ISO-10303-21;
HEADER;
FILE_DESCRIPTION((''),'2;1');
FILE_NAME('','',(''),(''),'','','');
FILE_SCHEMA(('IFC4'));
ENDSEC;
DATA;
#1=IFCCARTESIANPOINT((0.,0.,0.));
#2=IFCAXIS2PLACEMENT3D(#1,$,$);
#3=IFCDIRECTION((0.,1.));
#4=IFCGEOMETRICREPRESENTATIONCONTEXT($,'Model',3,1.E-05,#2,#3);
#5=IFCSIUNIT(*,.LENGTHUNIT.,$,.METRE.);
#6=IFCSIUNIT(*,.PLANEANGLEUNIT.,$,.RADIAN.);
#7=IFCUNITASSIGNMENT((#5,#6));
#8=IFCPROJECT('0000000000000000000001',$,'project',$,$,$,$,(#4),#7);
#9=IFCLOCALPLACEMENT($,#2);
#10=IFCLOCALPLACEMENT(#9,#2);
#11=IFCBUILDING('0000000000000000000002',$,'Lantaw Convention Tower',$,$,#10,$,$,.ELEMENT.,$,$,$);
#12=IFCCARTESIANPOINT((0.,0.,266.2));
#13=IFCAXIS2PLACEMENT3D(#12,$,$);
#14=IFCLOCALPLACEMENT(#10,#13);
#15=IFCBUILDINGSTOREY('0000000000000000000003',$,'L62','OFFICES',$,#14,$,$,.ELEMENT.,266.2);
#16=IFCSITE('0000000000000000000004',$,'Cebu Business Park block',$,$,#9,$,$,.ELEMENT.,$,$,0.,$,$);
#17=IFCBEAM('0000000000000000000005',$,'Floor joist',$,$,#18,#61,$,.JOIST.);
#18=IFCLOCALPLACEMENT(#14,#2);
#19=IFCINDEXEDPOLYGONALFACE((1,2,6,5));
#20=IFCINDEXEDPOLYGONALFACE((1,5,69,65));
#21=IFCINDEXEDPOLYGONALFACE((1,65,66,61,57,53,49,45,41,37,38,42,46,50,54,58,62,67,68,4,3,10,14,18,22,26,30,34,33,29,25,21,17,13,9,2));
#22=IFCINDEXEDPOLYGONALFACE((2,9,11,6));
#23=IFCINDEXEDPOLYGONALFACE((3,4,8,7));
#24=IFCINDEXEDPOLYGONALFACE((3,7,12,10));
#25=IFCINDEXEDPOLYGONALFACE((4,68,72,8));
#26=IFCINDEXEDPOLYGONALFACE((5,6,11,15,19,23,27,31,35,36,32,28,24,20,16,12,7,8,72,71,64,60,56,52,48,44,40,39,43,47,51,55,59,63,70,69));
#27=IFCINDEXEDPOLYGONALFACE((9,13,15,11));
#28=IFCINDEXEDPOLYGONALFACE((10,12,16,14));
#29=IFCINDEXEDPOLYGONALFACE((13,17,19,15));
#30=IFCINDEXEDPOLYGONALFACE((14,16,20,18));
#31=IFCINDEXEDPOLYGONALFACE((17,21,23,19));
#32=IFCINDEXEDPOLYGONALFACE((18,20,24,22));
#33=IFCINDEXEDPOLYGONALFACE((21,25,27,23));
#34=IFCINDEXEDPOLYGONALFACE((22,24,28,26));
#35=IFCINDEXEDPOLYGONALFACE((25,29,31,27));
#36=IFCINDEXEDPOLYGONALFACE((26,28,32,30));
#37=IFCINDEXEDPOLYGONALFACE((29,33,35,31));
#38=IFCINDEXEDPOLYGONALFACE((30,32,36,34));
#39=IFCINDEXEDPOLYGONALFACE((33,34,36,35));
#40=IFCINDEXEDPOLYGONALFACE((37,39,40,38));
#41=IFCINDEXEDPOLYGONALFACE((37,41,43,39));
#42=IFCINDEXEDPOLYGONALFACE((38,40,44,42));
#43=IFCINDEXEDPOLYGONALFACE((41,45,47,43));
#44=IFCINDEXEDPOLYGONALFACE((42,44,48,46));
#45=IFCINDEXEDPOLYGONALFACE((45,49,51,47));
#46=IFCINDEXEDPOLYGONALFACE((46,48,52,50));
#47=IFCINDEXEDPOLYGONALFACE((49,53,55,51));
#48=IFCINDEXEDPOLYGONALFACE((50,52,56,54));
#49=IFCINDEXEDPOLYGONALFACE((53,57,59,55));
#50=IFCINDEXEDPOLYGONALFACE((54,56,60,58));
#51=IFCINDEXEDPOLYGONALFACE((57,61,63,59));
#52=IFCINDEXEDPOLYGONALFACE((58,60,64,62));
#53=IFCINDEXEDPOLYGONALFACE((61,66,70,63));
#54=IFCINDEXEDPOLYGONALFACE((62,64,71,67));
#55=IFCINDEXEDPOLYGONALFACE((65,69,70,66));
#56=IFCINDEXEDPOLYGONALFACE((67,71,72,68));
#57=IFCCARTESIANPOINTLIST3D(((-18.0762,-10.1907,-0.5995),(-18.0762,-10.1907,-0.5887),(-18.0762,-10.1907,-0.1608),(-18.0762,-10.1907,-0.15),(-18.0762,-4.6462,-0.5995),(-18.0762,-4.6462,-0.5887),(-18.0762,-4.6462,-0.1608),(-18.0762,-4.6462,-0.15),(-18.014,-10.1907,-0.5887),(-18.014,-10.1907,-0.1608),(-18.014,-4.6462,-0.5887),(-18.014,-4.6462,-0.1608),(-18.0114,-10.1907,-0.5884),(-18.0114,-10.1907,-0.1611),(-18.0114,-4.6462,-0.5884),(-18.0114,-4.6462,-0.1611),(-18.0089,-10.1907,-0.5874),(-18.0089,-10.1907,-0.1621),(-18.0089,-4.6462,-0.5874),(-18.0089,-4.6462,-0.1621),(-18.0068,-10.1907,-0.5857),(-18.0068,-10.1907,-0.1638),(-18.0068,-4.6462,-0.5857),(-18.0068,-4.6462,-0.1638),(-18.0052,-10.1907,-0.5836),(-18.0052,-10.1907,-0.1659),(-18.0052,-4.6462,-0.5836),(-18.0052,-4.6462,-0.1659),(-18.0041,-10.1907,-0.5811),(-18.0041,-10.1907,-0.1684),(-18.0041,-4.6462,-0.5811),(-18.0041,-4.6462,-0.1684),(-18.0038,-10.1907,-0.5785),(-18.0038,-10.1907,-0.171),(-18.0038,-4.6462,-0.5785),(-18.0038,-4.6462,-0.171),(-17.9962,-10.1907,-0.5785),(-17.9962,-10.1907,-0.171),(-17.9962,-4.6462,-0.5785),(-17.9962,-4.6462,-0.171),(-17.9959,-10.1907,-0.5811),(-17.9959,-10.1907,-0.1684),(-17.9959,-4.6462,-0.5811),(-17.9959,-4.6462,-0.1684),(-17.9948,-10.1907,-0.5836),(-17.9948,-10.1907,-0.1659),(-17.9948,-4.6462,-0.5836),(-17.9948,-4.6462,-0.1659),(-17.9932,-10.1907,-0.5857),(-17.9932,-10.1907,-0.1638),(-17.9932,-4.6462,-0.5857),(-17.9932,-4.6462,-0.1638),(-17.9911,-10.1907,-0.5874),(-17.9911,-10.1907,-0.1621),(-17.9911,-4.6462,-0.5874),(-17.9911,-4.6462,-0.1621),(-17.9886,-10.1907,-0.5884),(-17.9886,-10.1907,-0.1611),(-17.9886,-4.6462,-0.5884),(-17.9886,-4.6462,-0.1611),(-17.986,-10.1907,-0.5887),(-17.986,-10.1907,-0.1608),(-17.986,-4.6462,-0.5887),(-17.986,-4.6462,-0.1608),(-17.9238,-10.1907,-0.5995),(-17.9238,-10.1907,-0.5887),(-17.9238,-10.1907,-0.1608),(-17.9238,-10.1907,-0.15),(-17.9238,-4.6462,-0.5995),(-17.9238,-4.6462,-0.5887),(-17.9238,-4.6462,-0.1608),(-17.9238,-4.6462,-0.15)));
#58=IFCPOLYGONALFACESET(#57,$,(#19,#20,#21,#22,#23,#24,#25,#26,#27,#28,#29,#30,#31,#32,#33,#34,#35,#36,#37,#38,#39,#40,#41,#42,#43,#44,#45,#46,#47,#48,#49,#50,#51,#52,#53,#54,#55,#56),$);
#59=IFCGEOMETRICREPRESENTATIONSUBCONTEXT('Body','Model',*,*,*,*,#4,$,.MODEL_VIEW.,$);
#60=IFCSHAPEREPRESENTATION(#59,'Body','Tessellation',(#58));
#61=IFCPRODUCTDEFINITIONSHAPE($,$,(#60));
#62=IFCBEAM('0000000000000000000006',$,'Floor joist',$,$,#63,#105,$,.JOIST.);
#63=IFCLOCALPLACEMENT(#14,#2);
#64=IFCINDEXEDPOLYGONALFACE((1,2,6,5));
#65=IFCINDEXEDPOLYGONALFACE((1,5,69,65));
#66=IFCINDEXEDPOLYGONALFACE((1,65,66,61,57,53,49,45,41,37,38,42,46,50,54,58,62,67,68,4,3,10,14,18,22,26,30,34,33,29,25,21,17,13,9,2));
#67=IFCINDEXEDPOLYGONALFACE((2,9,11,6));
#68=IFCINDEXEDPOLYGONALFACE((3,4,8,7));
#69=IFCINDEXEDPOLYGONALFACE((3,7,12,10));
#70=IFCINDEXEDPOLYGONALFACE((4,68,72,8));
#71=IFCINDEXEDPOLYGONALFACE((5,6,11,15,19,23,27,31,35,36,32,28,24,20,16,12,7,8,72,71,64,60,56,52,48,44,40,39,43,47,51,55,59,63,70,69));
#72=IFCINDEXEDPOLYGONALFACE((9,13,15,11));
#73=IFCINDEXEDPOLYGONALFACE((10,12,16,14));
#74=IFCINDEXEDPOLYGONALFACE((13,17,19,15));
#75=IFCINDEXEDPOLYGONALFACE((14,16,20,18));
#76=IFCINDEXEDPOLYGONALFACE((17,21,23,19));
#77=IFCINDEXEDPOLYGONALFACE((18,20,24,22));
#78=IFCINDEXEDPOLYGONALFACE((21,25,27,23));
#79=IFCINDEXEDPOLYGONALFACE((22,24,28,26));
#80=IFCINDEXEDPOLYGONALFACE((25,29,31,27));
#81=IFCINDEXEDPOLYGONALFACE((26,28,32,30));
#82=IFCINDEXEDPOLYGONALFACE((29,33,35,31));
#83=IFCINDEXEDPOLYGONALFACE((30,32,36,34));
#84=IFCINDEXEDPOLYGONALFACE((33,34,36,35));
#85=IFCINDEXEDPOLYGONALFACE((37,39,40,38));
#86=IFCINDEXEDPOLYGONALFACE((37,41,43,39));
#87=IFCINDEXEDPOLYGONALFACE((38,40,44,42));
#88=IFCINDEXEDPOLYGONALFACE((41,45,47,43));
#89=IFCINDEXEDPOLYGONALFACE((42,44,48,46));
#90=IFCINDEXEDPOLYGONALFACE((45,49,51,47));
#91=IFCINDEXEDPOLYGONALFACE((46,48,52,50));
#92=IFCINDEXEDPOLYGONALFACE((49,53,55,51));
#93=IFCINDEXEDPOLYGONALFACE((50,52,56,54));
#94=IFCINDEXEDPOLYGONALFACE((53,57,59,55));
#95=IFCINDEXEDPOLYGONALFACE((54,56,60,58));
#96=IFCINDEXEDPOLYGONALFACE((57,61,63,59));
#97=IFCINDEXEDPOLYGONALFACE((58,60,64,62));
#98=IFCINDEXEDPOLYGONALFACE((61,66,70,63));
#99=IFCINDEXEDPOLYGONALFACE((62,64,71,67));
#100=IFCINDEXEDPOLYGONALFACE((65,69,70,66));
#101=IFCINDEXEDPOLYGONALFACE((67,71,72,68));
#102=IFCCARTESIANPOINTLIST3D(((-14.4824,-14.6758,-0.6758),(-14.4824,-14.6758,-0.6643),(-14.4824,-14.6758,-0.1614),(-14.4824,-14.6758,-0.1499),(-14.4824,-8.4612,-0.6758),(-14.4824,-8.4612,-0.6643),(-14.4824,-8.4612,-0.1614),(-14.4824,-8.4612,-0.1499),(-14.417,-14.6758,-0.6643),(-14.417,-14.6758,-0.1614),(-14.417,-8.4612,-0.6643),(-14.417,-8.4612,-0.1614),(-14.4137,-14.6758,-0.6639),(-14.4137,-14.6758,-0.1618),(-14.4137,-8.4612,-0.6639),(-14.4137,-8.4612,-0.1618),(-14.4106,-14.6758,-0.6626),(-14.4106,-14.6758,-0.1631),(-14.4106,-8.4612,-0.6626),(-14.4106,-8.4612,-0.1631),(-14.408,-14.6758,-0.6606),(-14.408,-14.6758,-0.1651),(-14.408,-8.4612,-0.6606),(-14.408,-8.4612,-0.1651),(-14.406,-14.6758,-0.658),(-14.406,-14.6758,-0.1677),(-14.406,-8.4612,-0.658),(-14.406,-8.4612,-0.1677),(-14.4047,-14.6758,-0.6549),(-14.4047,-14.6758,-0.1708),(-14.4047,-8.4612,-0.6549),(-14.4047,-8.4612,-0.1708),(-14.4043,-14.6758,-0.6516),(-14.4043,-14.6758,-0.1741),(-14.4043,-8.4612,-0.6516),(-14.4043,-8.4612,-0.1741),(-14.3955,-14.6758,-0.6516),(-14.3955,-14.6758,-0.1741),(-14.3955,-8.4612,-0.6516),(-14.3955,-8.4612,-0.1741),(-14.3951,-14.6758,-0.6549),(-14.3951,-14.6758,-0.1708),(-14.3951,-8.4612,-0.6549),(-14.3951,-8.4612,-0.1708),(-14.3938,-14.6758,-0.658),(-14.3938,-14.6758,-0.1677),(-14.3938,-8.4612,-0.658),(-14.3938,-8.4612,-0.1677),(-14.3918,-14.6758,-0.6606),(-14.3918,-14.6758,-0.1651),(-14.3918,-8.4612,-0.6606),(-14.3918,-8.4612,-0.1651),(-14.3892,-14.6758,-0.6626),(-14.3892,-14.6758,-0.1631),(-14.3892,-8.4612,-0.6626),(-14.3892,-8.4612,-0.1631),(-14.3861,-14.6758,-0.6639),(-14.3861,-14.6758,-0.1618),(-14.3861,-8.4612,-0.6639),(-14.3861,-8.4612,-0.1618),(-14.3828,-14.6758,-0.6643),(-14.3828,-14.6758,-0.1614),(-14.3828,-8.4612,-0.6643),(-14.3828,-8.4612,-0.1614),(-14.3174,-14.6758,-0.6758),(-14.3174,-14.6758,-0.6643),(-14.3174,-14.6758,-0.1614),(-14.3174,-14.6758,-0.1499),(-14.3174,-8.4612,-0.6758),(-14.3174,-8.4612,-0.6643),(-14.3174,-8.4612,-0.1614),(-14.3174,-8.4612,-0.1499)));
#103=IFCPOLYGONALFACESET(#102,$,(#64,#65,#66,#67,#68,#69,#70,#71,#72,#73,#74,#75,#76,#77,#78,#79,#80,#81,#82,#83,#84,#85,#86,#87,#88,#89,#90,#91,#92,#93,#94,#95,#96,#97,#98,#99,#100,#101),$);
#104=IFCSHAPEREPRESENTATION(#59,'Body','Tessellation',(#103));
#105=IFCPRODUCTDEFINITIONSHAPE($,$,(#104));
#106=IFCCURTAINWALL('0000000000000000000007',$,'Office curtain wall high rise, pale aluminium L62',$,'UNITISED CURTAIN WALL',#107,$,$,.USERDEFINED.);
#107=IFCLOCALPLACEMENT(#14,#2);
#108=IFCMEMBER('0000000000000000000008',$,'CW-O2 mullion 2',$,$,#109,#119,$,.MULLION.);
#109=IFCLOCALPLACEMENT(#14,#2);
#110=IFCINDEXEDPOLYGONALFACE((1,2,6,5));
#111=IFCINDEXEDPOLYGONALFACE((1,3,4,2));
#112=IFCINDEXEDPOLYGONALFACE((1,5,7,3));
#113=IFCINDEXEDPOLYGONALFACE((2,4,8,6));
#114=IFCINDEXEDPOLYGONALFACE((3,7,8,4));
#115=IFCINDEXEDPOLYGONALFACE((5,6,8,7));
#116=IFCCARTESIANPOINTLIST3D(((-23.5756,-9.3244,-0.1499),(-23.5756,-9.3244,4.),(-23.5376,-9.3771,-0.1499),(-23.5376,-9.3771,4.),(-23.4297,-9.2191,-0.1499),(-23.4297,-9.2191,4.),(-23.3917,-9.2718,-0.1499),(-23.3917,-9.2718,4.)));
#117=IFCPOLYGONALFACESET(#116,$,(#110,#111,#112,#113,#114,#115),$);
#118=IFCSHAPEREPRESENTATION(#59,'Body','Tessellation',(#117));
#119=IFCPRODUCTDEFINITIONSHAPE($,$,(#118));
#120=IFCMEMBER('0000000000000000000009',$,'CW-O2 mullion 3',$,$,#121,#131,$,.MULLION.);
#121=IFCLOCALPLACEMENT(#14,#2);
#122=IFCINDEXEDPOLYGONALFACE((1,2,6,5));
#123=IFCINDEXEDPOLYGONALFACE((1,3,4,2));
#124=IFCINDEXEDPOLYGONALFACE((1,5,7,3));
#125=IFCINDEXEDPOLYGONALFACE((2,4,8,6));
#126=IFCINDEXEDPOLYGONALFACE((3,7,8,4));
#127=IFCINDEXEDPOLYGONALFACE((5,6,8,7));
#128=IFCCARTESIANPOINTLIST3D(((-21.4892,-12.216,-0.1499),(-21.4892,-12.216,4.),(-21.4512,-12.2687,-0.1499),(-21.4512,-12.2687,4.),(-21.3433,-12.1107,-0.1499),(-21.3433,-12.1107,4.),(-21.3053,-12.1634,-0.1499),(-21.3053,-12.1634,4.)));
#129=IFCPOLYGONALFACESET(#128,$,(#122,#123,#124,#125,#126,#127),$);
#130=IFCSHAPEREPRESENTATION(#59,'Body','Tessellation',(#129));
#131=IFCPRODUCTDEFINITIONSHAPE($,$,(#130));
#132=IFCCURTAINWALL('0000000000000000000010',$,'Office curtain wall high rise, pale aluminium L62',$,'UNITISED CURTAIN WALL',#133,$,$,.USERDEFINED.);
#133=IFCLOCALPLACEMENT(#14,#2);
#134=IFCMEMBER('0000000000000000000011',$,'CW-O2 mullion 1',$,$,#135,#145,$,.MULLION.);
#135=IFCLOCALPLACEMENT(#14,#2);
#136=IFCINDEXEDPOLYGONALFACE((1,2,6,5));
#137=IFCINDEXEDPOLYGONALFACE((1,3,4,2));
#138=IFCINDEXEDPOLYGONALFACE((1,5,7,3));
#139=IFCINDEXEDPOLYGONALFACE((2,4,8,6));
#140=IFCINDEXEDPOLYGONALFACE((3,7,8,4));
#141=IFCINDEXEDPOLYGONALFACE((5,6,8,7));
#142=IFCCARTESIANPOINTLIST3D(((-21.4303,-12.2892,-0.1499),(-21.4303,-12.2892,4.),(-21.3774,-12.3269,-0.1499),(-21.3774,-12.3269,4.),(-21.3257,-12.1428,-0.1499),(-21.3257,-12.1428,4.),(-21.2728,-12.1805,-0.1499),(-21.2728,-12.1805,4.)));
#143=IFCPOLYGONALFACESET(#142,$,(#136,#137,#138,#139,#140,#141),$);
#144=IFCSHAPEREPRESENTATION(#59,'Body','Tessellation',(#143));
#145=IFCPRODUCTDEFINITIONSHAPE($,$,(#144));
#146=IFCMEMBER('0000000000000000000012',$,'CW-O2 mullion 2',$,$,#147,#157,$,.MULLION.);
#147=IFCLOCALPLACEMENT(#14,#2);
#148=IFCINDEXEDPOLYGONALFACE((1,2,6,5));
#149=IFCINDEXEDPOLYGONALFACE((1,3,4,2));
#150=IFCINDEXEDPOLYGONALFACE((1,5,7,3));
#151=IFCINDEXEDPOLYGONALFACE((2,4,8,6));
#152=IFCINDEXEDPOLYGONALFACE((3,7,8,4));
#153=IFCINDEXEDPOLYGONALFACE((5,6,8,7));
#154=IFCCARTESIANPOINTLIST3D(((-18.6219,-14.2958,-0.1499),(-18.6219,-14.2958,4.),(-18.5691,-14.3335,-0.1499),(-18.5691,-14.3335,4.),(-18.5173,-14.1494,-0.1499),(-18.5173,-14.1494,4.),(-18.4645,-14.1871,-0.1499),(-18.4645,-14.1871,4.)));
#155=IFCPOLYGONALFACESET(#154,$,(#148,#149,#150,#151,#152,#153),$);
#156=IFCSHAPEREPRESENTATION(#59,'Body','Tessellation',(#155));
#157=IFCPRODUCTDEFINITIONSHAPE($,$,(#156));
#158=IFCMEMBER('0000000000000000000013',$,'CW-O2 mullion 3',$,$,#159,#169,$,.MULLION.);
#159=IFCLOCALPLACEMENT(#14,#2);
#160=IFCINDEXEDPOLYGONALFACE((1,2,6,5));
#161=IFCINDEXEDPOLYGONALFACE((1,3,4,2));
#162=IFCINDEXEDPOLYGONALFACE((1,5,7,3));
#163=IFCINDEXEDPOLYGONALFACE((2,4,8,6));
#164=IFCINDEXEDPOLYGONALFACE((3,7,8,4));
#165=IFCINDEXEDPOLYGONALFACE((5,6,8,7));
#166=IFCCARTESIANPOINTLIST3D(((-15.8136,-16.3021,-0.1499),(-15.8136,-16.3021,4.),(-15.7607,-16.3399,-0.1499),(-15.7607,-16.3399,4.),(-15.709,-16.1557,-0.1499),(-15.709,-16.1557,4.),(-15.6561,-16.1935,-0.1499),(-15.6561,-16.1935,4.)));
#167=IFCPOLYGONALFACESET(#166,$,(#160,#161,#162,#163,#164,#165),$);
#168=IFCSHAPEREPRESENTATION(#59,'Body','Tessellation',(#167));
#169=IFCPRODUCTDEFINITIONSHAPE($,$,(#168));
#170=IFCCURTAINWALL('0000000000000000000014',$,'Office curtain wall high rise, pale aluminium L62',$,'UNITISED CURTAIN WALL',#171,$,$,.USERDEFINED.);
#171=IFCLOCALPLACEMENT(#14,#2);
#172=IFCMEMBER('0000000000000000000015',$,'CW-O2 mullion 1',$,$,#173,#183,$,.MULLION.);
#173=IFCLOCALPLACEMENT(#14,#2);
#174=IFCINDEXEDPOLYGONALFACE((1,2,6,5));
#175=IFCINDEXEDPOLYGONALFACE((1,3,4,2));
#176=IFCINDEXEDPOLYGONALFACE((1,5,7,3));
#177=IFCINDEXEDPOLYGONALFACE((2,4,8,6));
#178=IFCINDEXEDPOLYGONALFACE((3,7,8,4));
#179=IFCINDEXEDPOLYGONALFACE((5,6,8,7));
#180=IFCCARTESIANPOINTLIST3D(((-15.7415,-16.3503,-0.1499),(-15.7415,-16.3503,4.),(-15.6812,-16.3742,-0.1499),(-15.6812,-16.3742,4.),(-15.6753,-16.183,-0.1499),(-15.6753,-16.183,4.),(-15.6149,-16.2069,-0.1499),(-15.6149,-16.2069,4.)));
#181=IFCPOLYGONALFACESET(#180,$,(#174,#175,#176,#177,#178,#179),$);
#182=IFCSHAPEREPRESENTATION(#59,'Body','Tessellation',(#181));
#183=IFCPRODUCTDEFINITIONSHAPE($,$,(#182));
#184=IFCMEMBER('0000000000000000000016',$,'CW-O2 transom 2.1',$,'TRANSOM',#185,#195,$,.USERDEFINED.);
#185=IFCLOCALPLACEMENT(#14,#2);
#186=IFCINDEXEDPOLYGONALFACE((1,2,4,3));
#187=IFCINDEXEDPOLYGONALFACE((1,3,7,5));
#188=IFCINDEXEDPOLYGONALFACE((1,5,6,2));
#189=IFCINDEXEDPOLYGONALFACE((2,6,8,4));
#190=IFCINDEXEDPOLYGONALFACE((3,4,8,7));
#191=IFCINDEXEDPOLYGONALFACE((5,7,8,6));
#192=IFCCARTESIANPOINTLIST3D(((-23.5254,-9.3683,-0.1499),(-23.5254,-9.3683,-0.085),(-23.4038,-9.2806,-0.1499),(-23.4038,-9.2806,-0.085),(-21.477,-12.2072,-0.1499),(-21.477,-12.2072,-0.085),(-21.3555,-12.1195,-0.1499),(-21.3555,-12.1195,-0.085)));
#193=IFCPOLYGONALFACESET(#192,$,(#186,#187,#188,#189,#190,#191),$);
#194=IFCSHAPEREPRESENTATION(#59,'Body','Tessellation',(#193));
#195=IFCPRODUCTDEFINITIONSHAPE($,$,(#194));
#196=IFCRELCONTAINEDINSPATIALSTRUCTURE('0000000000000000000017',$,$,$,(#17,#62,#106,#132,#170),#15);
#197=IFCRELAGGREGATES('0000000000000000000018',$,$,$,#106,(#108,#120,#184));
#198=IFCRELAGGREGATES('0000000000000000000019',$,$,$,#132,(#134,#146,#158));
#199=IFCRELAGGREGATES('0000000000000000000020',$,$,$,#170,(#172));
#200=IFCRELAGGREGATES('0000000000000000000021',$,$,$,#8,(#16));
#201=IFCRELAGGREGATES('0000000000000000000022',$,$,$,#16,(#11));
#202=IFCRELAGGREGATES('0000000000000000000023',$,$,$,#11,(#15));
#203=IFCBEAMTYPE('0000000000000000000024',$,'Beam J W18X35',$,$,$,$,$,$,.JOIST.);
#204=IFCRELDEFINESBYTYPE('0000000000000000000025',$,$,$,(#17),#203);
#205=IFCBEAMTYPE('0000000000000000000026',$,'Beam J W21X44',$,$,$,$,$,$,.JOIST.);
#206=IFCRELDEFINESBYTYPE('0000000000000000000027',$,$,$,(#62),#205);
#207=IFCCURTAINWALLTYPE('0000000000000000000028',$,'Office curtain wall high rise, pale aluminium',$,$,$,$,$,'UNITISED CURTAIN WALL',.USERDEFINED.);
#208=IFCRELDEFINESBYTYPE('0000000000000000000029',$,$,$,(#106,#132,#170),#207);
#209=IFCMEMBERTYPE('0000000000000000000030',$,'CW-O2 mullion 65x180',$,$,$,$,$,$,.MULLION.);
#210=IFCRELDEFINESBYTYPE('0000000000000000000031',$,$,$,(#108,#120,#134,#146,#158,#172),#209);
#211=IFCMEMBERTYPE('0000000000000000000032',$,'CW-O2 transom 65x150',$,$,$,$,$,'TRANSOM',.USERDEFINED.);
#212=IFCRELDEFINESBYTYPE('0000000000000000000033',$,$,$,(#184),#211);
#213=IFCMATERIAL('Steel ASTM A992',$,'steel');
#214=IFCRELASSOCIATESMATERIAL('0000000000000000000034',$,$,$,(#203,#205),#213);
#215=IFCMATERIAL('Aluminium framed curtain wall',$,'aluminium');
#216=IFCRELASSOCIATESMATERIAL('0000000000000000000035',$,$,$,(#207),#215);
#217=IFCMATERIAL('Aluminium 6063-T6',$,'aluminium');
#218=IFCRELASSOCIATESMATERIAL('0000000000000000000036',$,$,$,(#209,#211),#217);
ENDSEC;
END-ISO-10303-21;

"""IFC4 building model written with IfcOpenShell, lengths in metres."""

from ifc_helpers import new_model, si_unit, direction, frame, origin, origin_2d, place, context, subcontext, project, spatial, rectangle, i_section, extrude, material, material_profile, profile_set, type_object, element, aggregate, save


model = new_model("IFC4")

# Units and contexts
model_context = context("Model", 3, precision=1e-05, world=origin(), true_north=direction((0.0, 1.0)))
body_context = subcontext(model_context, "Body", "Model", "MODEL_VIEW")
ifc_project = project(units=[si_unit("LENGTHUNIT", "METRE"), si_unit("PLANEANGLEUNIT", "RADIAN")], contexts=[model_context])

# Site, building, storey
site_placement = place(None, origin())
site = spatial("IfcSite", under=ifc_project, at=site_placement, Name="Cebu Business Park block", CompositionType="ELEMENT", RefElevation=0.0)
building_placement = place(site_placement, origin())
building = spatial("IfcBuilding", under=site, at=building_placement, Name="Lantaw Convention Tower", CompositionType="ELEMENT")
storey_placement = place(building_placement, frame((0.0, 0.0, 266.2)))
storey = spatial("IfcBuildingStorey", under=building, at=storey_placement, Name="L62", Description="OFFICES", CompositionType="ELEMENT", Elevation=266.2)

# Beams
ifc_material_1 = material(Name="Steel ASTM A992", Category="steel")
ifc_material_profile_1 = material_profile(ifc_material_1, i_section(OverallWidth=0.1523, OverallDepth=0.4495, WebThickness=0.0076, FlangeThickness=0.0107, FilletRadius=0.0103, at=origin_2d()), Name="W18X35")
ifc_profile_set_1 = profile_set([ifc_material_profile_1], Name="Steel ASTM A992")
beam_type_1 = type_object("IfcBeamType", Name="Beam J W18X35", PredefinedType="JOIST", material=ifc_profile_set_1)
beam_1_placement = place(storey_placement, frame((-18.0, -10.1907, -0.3748), z_axis=(0.0, 1.0, 0.0), x_axis=(-1.0, 0.0, 0.0)))
element("IfcBeam", 1, at=beam_1_placement, inside=storey, type_object=beam_type_1, Name="Floor joist", PredefinedType="JOIST", context=body_context, shape_type="SweptSolid", body=[
    extrude(i_section(OverallWidth=0.1523, OverallDepth=0.4495, WebThickness=0.0076, FlangeThickness=0.0107, FilletRadius=0.0103, at=origin_2d()), origin(), (0.0, 0.0, 1.0), 5.5444),
])
ifc_material_profile_2 = material_profile(ifc_material_1, i_section(OverallWidth=0.165, OverallDepth=0.5259, WebThickness=0.0088, FlangeThickness=0.0115, FilletRadius=0.0127, at=origin_2d()), Name="W21X44")
ifc_profile_set_2 = profile_set([ifc_material_profile_2], Name="Steel ASTM A992")
beam_type_2 = type_object("IfcBeamType", Name="Beam J W21X44", PredefinedType="JOIST", material=ifc_profile_set_2)
beam_2_placement = place(storey_placement, frame((-14.3999, -14.6758, -0.4128), z_axis=(0.0, 1.0, 0.0), x_axis=(-1.0, 0.0, 0.0)))
element("IfcBeam", 2, at=beam_2_placement, inside=storey, type_object=beam_type_2, Name="Floor joist", PredefinedType="JOIST", context=body_context, shape_type="SweptSolid", body=[
    extrude(i_section(OverallWidth=0.165, OverallDepth=0.5259, WebThickness=0.0088, FlangeThickness=0.0115, FilletRadius=0.0127, at=origin_2d()), origin(), (0.0, 0.0, 1.0), 6.2146),
])

# Curtain walls, members
ifc_material_2 = material(Name="Aluminium framed curtain wall", Category="aluminium")
curtain_wall_type = type_object("IfcCurtainWallType", Name="Office curtain wall high rise, pale aluminium", ElementType="UNITISED CURTAIN WALL", PredefinedType="USERDEFINED", material=ifc_material_2)
curtain_wall_1_placement = place(storey_placement, origin())
curtain_wall_1 = element("IfcCurtainWall", 3, at=curtain_wall_1_placement, inside=storey, type_object=curtain_wall_type, Name="Office curtain wall high rise, pale aluminium L62", ObjectType="UNITISED CURTAIN WALL", PredefinedType="USERDEFINED")
ifc_material_3 = material(Name="Aluminium 6063-T6", Category="aluminium")
ifc_material_profile_3 = material_profile(ifc_material_3, rectangle(XDim=0.1799, YDim=0.0649, at=origin_2d()), Name="CW-O2 mullion 65x180")
ifc_profile_set_3 = profile_set([ifc_material_profile_3], Name="Aluminium 6063-T6")
member_type_1 = type_object("IfcMemberType", Name="CW-O2 mullion 65x180", PredefinedType="MULLION", material=ifc_profile_set_3)
member_1_placement = place(storey_placement, frame((-23.4836, -9.2981, -0.1499), z_axis=(0.0, 0.0, 1.0), x_axis=(0.81092, 0.585158, 0.0)))
member_1 = element("IfcMember", 4, at=member_1_placement, type_object=member_type_1, Name="CW-O2 mullion 2", PredefinedType="MULLION", context=body_context, shape_type="SweptSolid", body=[
    extrude(rectangle(XDim=0.1799, YDim=0.0649, at=origin_2d()), origin(), (0.0, 0.0, 1.0), 4.1499),
])
member_2_placement = place(storey_placement, frame((-21.3972, -12.1897, -0.1499), z_axis=(0.0, 0.0, 1.0), x_axis=(0.81092, 0.585158, 0.0)))
member_2 = element("IfcMember", 5, at=member_2_placement, type_object=member_type_1, Name="CW-O2 mullion 3", PredefinedType="MULLION", context=body_context, shape_type="SweptSolid", body=[
    extrude(rectangle(XDim=0.1799, YDim=0.0649, at=origin_2d()), origin(), (0.0, 0.0, 1.0), 4.1499),
])
curtain_wall_2_placement = place(storey_placement, origin())
curtain_wall_2 = element("IfcCurtainWall", 6, at=curtain_wall_2_placement, inside=storey, type_object=curtain_wall_type, Name="Office curtain wall high rise, pale aluminium L62", ObjectType="UNITISED CURTAIN WALL", PredefinedType="USERDEFINED")
member_3_placement = place(storey_placement, frame((-21.3516, -12.2349, -0.1499), z_axis=(0.0, 0.0, 1.0), x_axis=(0.581323, 0.813673, 0.0)))
member_3 = element("IfcMember", 7, at=member_3_placement, type_object=member_type_1, Name="CW-O2 mullion 1", PredefinedType="MULLION", context=body_context, shape_type="SweptSolid", body=[
    extrude(rectangle(XDim=0.1799, YDim=0.0649, at=origin_2d()), origin(), (0.0, 0.0, 1.0), 4.1499),
])
member_4_placement = place(storey_placement, frame((-18.5432, -14.2415, -0.1499), z_axis=(0.0, 0.0, 1.0), x_axis=(0.581323, 0.813673, 0.0)))
member_4 = element("IfcMember", 8, at=member_4_placement, type_object=member_type_1, Name="CW-O2 mullion 2", PredefinedType="MULLION", context=body_context, shape_type="SweptSolid", body=[
    extrude(rectangle(XDim=0.1799, YDim=0.0649, at=origin_2d()), origin(), (0.0, 0.0, 1.0), 4.1499),
])
member_5_placement = place(storey_placement, frame((-15.7349, -16.2478, -0.1499), z_axis=(0.0, 0.0, 1.0), x_axis=(0.581323, 0.813673, 0.0)))
member_5 = element("IfcMember", 9, at=member_5_placement, type_object=member_type_1, Name="CW-O2 mullion 3", PredefinedType="MULLION", context=body_context, shape_type="SweptSolid", body=[
    extrude(rectangle(XDim=0.1799, YDim=0.0649, at=origin_2d()), origin(), (0.0, 0.0, 1.0), 4.1499),
])

# Curtain wall, member
curtain_wall_3_placement = place(storey_placement, origin())
curtain_wall_3 = element("IfcCurtainWall", 10, at=curtain_wall_3_placement, inside=storey, type_object=curtain_wall_type, Name="Office curtain wall high rise, pale aluminium L62", ObjectType="UNITISED CURTAIN WALL", PredefinedType="USERDEFINED")
member_6_placement = place(storey_placement, frame((-15.6782, -16.2786, -0.1499), z_axis=(0.0, 0.0, 1.0), x_axis=(0.368162, 0.929762, 0.0)))
member_6 = element("IfcMember", 11, at=member_6_placement, type_object=member_type_1, Name="CW-O2 mullion 1", PredefinedType="MULLION", context=body_context, shape_type="SweptSolid", body=[
    extrude(rectangle(XDim=0.1799, YDim=0.0649, at=origin_2d()), origin(), (0.0, 0.0, 1.0), 4.1499),
])

# Member
ifc_material_profile_4 = material_profile(ifc_material_3, rectangle(XDim=0.1499, YDim=0.0649, at=origin_2d()), Name="CW-O2 transom 65x150")
ifc_profile_set_4 = profile_set([ifc_material_profile_4], Name="Aluminium 6063-T6")
member_type_2 = type_object("IfcMemberType", Name="CW-O2 transom 65x150", ElementType="TRANSOM", PredefinedType="USERDEFINED", material=ifc_profile_set_4)
member_7_placement = place(storey_placement, frame((-23.4646, -9.3245, -0.1174), z_axis=(0.585124, -0.810944, 0.0), x_axis=(0.810944, 0.585124, 0.0)))
member_7 = element("IfcMember", 12, at=member_7_placement, type_object=member_type_2, Name="CW-O2 transom 2.1", ObjectType="TRANSOM", PredefinedType="USERDEFINED", context=body_context, shape_type="SweptSolid", body=[
    extrude(rectangle(XDim=0.1499, YDim=0.0649, at=origin_2d()), origin(), (0.0, 0.0, 1.0), 3.5007),
])

aggregate(curtain_wall_1, [member_1, member_2, member_7])
aggregate(curtain_wall_2, [member_3, member_4, member_5])
aggregate(curtain_wall_3, [member_6])

save(model, "model.ifc")
